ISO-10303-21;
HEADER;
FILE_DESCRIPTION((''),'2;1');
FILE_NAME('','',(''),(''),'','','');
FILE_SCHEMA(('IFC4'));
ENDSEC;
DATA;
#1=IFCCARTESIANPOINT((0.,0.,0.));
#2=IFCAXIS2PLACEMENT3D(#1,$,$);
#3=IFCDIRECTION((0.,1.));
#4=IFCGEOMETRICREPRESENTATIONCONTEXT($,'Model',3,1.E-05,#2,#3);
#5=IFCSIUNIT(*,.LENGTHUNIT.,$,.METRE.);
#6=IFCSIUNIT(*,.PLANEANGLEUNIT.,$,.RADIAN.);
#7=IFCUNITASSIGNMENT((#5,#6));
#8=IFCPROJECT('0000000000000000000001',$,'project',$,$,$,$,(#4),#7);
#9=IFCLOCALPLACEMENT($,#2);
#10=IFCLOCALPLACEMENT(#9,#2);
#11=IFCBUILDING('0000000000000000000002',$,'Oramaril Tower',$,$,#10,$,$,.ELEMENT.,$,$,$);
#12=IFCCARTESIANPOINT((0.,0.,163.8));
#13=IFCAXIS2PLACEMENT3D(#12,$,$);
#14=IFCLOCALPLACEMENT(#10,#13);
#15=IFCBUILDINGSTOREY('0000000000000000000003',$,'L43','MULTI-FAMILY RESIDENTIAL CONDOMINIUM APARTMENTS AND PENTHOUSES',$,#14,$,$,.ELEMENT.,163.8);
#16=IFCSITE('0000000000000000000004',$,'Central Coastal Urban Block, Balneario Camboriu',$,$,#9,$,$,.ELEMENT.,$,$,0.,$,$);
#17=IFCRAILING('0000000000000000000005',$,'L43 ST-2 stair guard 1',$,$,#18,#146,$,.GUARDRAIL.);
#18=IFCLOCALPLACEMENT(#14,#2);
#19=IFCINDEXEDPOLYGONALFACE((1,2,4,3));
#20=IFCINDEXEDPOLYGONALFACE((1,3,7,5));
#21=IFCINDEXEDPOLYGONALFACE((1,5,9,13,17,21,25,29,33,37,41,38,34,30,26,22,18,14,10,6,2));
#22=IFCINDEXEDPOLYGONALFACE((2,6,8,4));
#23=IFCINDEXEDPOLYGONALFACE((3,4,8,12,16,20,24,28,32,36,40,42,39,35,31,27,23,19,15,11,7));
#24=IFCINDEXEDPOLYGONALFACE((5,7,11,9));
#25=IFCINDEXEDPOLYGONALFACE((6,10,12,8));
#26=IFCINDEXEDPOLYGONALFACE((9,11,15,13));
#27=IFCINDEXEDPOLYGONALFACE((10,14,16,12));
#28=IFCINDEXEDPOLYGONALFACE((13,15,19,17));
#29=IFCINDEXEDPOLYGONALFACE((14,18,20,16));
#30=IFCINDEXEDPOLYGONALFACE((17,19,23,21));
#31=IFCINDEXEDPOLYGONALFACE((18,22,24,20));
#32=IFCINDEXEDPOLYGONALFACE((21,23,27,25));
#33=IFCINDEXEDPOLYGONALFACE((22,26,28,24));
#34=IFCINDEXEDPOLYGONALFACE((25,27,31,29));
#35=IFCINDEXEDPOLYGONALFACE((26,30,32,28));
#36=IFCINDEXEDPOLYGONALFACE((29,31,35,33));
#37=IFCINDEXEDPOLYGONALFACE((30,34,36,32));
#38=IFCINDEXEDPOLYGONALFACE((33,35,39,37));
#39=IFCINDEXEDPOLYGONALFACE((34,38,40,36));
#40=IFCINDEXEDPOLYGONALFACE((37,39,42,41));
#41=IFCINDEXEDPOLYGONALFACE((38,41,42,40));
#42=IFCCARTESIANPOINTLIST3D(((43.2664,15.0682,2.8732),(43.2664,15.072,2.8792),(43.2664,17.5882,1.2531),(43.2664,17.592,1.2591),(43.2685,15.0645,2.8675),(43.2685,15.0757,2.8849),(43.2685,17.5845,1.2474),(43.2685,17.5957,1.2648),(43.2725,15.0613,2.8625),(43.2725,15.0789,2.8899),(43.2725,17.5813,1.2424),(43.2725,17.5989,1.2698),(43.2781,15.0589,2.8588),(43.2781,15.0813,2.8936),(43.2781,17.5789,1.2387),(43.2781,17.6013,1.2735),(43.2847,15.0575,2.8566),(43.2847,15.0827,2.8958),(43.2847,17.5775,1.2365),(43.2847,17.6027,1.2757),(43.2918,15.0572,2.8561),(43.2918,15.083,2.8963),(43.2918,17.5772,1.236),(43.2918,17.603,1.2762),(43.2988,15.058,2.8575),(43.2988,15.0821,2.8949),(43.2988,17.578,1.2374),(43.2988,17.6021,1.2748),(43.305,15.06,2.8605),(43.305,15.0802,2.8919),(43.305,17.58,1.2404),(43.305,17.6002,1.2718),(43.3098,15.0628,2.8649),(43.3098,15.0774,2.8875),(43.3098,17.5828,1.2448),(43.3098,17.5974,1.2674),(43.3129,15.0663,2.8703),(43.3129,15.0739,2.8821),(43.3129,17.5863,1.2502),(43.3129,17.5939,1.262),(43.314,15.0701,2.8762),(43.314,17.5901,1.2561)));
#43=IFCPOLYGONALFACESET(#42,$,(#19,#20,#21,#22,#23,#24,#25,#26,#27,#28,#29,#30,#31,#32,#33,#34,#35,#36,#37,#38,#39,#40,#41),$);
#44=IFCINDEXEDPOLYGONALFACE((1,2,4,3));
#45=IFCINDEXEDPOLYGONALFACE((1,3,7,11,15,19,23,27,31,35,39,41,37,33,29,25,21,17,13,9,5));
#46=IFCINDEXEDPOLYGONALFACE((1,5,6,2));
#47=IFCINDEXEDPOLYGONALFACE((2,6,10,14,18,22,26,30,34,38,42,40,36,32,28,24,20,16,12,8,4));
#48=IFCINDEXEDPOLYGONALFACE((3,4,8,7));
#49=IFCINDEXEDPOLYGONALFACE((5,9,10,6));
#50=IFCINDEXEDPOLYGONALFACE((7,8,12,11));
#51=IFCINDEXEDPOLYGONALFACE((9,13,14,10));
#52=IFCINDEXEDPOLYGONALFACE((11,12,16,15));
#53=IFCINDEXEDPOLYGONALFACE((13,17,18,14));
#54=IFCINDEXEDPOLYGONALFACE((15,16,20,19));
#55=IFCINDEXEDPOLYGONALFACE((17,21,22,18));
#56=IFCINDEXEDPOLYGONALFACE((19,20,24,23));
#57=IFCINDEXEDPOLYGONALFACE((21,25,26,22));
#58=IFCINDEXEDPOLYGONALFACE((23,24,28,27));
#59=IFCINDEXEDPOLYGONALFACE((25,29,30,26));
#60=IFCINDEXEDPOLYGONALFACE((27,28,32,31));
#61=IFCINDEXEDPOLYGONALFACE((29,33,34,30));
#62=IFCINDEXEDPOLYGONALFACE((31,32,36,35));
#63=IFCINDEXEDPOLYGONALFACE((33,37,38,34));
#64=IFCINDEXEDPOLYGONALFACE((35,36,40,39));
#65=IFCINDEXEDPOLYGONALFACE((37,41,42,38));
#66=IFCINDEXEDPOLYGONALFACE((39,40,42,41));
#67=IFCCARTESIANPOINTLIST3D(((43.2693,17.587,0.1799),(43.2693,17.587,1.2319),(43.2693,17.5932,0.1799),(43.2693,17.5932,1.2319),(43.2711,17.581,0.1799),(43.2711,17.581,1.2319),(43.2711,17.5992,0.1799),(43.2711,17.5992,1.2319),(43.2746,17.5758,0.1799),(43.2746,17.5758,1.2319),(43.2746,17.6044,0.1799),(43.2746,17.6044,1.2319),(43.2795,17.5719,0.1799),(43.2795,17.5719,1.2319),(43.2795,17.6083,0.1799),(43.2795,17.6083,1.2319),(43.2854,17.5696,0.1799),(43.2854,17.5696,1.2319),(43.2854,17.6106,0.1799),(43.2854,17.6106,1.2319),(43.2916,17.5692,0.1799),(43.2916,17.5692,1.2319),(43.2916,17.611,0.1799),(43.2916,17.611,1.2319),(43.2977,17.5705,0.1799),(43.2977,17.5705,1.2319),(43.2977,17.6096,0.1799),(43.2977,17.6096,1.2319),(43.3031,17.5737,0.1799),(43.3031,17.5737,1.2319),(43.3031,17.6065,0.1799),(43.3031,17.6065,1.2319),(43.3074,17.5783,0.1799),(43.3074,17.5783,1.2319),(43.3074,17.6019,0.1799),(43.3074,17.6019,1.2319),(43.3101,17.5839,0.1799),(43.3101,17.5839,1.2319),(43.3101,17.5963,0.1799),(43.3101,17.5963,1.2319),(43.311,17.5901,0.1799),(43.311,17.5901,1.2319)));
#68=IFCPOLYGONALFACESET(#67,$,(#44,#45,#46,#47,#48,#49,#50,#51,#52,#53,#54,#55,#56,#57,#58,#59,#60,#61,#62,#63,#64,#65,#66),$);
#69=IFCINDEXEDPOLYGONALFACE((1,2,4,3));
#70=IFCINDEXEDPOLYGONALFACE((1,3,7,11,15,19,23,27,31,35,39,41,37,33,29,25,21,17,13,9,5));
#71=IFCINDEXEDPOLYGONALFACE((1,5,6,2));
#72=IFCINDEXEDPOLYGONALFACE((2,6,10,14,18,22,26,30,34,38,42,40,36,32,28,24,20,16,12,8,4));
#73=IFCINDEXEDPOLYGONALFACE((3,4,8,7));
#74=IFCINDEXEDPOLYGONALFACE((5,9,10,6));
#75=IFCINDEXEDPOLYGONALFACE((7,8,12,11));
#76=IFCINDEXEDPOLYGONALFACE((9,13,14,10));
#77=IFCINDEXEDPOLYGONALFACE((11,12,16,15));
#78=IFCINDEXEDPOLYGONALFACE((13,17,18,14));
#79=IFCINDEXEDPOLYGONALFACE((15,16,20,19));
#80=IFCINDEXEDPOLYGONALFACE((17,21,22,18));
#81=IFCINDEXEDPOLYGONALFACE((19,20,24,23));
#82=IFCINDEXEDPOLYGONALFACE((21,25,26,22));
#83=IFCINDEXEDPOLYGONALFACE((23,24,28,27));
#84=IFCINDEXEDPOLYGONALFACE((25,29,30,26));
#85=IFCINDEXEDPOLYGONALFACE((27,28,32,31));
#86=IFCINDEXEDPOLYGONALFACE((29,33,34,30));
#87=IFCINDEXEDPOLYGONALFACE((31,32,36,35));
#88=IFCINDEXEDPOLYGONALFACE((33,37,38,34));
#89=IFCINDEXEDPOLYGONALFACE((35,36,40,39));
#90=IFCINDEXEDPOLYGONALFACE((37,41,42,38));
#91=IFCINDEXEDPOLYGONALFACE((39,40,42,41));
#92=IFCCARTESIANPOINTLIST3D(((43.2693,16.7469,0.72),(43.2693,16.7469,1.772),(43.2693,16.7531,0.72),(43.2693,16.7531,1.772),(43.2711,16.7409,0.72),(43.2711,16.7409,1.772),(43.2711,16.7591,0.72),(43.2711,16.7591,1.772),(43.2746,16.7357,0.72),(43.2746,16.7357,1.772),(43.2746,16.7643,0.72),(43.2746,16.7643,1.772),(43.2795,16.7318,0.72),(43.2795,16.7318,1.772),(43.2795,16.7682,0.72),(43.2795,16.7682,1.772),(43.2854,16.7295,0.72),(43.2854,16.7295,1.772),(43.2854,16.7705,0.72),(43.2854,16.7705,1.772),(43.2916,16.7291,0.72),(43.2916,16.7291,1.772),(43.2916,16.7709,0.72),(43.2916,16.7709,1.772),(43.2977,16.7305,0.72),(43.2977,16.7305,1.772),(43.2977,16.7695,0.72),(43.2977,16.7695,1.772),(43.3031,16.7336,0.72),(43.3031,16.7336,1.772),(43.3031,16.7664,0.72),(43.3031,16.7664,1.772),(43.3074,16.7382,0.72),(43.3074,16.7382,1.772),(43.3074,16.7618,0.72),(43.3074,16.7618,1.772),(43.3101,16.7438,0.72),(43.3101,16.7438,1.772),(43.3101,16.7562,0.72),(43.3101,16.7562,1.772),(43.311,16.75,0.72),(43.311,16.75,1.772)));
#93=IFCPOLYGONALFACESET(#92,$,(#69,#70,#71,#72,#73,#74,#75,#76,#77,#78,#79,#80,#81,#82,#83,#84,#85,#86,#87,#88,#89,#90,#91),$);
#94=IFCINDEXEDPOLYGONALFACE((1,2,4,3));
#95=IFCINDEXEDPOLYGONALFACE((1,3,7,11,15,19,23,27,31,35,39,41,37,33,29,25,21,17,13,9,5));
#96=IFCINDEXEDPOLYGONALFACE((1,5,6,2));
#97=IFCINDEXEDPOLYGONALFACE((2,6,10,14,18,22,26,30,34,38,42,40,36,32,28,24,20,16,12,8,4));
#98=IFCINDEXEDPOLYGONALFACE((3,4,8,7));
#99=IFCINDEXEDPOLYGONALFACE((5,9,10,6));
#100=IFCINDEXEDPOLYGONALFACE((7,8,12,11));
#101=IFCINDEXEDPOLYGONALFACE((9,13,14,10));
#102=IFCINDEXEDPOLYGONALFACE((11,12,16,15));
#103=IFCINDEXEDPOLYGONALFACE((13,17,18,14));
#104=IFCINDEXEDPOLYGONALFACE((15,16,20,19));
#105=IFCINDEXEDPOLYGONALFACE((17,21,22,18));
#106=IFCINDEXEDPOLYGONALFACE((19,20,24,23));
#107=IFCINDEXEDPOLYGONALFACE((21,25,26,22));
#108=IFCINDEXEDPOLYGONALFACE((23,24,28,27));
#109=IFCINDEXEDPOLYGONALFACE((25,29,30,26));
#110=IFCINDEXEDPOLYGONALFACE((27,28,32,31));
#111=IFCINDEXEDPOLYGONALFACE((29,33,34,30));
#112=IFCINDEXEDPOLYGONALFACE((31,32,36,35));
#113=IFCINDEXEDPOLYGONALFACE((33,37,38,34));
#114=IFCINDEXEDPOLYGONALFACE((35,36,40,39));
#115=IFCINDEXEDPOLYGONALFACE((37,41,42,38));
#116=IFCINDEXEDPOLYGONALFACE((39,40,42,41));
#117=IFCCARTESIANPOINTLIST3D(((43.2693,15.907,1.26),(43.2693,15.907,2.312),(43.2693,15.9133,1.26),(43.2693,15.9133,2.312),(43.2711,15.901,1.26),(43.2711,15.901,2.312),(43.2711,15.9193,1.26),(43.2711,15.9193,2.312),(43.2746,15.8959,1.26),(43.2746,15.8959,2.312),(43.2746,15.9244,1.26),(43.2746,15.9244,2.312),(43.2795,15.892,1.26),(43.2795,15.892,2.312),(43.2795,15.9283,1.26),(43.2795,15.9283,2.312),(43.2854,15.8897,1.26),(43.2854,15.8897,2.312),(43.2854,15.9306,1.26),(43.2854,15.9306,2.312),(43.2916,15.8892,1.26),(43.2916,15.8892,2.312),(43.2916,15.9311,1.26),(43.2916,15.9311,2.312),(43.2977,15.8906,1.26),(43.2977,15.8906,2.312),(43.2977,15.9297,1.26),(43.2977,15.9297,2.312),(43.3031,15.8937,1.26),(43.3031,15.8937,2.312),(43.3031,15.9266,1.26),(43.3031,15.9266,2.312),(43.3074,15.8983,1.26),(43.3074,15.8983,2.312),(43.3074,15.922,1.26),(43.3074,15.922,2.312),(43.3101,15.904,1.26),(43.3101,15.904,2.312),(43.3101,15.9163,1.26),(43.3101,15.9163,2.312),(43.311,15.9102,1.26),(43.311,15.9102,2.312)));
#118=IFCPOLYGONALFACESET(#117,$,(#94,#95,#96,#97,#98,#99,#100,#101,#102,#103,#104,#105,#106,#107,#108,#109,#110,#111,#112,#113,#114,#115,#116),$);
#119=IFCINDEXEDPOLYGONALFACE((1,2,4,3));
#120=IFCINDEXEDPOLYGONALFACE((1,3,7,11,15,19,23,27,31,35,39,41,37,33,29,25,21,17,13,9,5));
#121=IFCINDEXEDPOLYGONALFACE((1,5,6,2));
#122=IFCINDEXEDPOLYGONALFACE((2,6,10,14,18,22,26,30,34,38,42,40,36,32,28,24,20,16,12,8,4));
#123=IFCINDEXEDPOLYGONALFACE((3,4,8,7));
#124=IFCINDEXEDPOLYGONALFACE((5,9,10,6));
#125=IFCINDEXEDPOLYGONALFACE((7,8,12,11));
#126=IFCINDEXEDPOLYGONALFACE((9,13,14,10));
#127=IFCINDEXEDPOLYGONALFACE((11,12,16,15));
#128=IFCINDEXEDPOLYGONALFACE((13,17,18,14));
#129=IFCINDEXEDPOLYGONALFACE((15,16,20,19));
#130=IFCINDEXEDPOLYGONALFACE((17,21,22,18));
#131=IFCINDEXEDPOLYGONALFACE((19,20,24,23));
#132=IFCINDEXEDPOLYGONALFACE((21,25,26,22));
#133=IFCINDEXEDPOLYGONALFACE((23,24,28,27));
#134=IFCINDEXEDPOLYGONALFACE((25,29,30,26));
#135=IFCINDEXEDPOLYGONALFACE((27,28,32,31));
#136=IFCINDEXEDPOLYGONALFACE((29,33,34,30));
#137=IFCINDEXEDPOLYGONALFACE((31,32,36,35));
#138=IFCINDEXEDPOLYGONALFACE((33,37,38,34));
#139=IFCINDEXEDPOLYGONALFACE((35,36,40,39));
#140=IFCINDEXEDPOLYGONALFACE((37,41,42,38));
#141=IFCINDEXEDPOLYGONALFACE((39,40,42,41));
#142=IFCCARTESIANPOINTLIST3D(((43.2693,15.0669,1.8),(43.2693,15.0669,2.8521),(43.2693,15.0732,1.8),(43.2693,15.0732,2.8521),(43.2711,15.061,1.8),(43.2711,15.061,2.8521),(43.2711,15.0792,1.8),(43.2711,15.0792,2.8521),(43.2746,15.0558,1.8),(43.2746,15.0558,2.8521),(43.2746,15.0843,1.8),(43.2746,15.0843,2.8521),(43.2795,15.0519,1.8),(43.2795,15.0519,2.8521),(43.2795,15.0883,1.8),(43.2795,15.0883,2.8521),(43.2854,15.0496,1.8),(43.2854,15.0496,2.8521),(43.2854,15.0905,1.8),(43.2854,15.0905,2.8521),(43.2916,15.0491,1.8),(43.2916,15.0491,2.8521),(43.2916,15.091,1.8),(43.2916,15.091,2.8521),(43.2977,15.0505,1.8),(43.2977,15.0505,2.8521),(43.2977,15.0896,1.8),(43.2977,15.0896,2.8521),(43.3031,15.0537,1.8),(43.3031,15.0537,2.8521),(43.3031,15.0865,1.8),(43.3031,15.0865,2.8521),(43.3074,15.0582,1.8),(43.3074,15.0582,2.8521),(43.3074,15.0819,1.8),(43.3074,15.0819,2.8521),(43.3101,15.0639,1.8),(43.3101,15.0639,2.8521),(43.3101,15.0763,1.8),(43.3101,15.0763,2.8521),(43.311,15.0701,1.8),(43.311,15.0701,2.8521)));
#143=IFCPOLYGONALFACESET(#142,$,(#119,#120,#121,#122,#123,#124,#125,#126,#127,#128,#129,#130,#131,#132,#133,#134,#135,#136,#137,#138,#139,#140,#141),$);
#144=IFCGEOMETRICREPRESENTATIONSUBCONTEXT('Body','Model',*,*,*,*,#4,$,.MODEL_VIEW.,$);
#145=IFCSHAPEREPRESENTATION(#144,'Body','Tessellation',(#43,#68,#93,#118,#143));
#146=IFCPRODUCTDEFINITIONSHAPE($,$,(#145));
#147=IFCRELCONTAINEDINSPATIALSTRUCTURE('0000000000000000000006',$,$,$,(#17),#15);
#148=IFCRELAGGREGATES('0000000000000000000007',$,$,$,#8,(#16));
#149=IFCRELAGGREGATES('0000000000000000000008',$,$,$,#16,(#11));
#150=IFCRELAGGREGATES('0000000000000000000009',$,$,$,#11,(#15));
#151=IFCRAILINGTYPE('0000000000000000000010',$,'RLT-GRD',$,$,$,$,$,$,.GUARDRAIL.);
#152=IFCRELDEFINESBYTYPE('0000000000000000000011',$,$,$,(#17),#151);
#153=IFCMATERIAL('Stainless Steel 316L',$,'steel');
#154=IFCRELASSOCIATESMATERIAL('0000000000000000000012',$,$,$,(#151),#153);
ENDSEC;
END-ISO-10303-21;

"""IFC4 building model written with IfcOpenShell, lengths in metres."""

from ifc_helpers import new_model, si_unit, direction, frame, origin, origin_2d, place, context, subcontext, project, spatial, circle, extrude, material, type_object, element, save


model = new_model("IFC4")

# Units and contexts
model_context = context("Model", 3, precision=1e-05, world=origin(), true_north=direction((0.0, 1.0)))
body_context = subcontext(model_context, "Body", "Model", "MODEL_VIEW")
ifc_project = project(units=[si_unit("LENGTHUNIT", "METRE"), si_unit("PLANEANGLEUNIT", "RADIAN")], contexts=[model_context])

# Site, building, storey
site_placement = place(None, origin())
site = spatial("IfcSite", under=ifc_project, at=site_placement, Name="Central Coastal Urban Block, Balneario Camboriu", CompositionType="ELEMENT", RefElevation=0.0)
building_placement = place(site_placement, origin())
building = spatial("IfcBuilding", under=site, at=building_placement, Name="Oramaril Tower", CompositionType="ELEMENT")
storey_placement = place(building_placement, frame((0.0, 0.0, 163.8)))
storey = spatial("IfcBuildingStorey", under=building, at=storey_placement, Name="L43", Description="MULTI-FAMILY RESIDENTIAL CONDOMINIUM APARTMENTS AND PENTHOUSES", CompositionType="ELEMENT", Elevation=163.8)

# Railing
ifc_material_1 = material(Name="Stainless Steel 316L", Category="steel")
railing_type_1 = type_object("IfcRailingType", Name="RLT-GRD", PredefinedType="GUARDRAIL", material=ifc_material_1)
railing_1_placement = place(storey_placement, frame((43.29, 17.5901, 0.1799)))
element("IfcRailing", 1, at=railing_1_placement, inside=storey, type_object=railing_type_1, Name="L43 ST-2 stair guard 1", PredefinedType="GUARDRAIL", context=body_context, shape_type="SweptSolid", body=[
    extrude(circle(Radius=0.0239, at=origin_2d()), frame((0.0, 0.0, 1.0762), z_axis=(0.0, -0.841163, 0.540782), x_axis=(1.0, 0.0, 0.0)), (0.0, 0.0, 1.0), 2.9958),
    extrude(circle(Radius=0.021, at=origin_2d()), origin(), (0.0, 0.0, 1.0), 1.052),
    extrude(circle(Radius=0.021, at=origin_2d()), frame((0.0, -0.8401, 0.54)), (0.0, 0.0, 1.0), 1.052),
    extrude(circle(Radius=0.021, at=origin_2d()), frame((0.0, -1.6799, 1.0801)), (0.0, 0.0, 1.0), 1.052),
    extrude(circle(Radius=0.021, at=origin_2d()), frame((0.0, -2.52, 1.6201)), (0.0, 0.0, 1.0), 1.052),
])

save(model, "model.ifc")
